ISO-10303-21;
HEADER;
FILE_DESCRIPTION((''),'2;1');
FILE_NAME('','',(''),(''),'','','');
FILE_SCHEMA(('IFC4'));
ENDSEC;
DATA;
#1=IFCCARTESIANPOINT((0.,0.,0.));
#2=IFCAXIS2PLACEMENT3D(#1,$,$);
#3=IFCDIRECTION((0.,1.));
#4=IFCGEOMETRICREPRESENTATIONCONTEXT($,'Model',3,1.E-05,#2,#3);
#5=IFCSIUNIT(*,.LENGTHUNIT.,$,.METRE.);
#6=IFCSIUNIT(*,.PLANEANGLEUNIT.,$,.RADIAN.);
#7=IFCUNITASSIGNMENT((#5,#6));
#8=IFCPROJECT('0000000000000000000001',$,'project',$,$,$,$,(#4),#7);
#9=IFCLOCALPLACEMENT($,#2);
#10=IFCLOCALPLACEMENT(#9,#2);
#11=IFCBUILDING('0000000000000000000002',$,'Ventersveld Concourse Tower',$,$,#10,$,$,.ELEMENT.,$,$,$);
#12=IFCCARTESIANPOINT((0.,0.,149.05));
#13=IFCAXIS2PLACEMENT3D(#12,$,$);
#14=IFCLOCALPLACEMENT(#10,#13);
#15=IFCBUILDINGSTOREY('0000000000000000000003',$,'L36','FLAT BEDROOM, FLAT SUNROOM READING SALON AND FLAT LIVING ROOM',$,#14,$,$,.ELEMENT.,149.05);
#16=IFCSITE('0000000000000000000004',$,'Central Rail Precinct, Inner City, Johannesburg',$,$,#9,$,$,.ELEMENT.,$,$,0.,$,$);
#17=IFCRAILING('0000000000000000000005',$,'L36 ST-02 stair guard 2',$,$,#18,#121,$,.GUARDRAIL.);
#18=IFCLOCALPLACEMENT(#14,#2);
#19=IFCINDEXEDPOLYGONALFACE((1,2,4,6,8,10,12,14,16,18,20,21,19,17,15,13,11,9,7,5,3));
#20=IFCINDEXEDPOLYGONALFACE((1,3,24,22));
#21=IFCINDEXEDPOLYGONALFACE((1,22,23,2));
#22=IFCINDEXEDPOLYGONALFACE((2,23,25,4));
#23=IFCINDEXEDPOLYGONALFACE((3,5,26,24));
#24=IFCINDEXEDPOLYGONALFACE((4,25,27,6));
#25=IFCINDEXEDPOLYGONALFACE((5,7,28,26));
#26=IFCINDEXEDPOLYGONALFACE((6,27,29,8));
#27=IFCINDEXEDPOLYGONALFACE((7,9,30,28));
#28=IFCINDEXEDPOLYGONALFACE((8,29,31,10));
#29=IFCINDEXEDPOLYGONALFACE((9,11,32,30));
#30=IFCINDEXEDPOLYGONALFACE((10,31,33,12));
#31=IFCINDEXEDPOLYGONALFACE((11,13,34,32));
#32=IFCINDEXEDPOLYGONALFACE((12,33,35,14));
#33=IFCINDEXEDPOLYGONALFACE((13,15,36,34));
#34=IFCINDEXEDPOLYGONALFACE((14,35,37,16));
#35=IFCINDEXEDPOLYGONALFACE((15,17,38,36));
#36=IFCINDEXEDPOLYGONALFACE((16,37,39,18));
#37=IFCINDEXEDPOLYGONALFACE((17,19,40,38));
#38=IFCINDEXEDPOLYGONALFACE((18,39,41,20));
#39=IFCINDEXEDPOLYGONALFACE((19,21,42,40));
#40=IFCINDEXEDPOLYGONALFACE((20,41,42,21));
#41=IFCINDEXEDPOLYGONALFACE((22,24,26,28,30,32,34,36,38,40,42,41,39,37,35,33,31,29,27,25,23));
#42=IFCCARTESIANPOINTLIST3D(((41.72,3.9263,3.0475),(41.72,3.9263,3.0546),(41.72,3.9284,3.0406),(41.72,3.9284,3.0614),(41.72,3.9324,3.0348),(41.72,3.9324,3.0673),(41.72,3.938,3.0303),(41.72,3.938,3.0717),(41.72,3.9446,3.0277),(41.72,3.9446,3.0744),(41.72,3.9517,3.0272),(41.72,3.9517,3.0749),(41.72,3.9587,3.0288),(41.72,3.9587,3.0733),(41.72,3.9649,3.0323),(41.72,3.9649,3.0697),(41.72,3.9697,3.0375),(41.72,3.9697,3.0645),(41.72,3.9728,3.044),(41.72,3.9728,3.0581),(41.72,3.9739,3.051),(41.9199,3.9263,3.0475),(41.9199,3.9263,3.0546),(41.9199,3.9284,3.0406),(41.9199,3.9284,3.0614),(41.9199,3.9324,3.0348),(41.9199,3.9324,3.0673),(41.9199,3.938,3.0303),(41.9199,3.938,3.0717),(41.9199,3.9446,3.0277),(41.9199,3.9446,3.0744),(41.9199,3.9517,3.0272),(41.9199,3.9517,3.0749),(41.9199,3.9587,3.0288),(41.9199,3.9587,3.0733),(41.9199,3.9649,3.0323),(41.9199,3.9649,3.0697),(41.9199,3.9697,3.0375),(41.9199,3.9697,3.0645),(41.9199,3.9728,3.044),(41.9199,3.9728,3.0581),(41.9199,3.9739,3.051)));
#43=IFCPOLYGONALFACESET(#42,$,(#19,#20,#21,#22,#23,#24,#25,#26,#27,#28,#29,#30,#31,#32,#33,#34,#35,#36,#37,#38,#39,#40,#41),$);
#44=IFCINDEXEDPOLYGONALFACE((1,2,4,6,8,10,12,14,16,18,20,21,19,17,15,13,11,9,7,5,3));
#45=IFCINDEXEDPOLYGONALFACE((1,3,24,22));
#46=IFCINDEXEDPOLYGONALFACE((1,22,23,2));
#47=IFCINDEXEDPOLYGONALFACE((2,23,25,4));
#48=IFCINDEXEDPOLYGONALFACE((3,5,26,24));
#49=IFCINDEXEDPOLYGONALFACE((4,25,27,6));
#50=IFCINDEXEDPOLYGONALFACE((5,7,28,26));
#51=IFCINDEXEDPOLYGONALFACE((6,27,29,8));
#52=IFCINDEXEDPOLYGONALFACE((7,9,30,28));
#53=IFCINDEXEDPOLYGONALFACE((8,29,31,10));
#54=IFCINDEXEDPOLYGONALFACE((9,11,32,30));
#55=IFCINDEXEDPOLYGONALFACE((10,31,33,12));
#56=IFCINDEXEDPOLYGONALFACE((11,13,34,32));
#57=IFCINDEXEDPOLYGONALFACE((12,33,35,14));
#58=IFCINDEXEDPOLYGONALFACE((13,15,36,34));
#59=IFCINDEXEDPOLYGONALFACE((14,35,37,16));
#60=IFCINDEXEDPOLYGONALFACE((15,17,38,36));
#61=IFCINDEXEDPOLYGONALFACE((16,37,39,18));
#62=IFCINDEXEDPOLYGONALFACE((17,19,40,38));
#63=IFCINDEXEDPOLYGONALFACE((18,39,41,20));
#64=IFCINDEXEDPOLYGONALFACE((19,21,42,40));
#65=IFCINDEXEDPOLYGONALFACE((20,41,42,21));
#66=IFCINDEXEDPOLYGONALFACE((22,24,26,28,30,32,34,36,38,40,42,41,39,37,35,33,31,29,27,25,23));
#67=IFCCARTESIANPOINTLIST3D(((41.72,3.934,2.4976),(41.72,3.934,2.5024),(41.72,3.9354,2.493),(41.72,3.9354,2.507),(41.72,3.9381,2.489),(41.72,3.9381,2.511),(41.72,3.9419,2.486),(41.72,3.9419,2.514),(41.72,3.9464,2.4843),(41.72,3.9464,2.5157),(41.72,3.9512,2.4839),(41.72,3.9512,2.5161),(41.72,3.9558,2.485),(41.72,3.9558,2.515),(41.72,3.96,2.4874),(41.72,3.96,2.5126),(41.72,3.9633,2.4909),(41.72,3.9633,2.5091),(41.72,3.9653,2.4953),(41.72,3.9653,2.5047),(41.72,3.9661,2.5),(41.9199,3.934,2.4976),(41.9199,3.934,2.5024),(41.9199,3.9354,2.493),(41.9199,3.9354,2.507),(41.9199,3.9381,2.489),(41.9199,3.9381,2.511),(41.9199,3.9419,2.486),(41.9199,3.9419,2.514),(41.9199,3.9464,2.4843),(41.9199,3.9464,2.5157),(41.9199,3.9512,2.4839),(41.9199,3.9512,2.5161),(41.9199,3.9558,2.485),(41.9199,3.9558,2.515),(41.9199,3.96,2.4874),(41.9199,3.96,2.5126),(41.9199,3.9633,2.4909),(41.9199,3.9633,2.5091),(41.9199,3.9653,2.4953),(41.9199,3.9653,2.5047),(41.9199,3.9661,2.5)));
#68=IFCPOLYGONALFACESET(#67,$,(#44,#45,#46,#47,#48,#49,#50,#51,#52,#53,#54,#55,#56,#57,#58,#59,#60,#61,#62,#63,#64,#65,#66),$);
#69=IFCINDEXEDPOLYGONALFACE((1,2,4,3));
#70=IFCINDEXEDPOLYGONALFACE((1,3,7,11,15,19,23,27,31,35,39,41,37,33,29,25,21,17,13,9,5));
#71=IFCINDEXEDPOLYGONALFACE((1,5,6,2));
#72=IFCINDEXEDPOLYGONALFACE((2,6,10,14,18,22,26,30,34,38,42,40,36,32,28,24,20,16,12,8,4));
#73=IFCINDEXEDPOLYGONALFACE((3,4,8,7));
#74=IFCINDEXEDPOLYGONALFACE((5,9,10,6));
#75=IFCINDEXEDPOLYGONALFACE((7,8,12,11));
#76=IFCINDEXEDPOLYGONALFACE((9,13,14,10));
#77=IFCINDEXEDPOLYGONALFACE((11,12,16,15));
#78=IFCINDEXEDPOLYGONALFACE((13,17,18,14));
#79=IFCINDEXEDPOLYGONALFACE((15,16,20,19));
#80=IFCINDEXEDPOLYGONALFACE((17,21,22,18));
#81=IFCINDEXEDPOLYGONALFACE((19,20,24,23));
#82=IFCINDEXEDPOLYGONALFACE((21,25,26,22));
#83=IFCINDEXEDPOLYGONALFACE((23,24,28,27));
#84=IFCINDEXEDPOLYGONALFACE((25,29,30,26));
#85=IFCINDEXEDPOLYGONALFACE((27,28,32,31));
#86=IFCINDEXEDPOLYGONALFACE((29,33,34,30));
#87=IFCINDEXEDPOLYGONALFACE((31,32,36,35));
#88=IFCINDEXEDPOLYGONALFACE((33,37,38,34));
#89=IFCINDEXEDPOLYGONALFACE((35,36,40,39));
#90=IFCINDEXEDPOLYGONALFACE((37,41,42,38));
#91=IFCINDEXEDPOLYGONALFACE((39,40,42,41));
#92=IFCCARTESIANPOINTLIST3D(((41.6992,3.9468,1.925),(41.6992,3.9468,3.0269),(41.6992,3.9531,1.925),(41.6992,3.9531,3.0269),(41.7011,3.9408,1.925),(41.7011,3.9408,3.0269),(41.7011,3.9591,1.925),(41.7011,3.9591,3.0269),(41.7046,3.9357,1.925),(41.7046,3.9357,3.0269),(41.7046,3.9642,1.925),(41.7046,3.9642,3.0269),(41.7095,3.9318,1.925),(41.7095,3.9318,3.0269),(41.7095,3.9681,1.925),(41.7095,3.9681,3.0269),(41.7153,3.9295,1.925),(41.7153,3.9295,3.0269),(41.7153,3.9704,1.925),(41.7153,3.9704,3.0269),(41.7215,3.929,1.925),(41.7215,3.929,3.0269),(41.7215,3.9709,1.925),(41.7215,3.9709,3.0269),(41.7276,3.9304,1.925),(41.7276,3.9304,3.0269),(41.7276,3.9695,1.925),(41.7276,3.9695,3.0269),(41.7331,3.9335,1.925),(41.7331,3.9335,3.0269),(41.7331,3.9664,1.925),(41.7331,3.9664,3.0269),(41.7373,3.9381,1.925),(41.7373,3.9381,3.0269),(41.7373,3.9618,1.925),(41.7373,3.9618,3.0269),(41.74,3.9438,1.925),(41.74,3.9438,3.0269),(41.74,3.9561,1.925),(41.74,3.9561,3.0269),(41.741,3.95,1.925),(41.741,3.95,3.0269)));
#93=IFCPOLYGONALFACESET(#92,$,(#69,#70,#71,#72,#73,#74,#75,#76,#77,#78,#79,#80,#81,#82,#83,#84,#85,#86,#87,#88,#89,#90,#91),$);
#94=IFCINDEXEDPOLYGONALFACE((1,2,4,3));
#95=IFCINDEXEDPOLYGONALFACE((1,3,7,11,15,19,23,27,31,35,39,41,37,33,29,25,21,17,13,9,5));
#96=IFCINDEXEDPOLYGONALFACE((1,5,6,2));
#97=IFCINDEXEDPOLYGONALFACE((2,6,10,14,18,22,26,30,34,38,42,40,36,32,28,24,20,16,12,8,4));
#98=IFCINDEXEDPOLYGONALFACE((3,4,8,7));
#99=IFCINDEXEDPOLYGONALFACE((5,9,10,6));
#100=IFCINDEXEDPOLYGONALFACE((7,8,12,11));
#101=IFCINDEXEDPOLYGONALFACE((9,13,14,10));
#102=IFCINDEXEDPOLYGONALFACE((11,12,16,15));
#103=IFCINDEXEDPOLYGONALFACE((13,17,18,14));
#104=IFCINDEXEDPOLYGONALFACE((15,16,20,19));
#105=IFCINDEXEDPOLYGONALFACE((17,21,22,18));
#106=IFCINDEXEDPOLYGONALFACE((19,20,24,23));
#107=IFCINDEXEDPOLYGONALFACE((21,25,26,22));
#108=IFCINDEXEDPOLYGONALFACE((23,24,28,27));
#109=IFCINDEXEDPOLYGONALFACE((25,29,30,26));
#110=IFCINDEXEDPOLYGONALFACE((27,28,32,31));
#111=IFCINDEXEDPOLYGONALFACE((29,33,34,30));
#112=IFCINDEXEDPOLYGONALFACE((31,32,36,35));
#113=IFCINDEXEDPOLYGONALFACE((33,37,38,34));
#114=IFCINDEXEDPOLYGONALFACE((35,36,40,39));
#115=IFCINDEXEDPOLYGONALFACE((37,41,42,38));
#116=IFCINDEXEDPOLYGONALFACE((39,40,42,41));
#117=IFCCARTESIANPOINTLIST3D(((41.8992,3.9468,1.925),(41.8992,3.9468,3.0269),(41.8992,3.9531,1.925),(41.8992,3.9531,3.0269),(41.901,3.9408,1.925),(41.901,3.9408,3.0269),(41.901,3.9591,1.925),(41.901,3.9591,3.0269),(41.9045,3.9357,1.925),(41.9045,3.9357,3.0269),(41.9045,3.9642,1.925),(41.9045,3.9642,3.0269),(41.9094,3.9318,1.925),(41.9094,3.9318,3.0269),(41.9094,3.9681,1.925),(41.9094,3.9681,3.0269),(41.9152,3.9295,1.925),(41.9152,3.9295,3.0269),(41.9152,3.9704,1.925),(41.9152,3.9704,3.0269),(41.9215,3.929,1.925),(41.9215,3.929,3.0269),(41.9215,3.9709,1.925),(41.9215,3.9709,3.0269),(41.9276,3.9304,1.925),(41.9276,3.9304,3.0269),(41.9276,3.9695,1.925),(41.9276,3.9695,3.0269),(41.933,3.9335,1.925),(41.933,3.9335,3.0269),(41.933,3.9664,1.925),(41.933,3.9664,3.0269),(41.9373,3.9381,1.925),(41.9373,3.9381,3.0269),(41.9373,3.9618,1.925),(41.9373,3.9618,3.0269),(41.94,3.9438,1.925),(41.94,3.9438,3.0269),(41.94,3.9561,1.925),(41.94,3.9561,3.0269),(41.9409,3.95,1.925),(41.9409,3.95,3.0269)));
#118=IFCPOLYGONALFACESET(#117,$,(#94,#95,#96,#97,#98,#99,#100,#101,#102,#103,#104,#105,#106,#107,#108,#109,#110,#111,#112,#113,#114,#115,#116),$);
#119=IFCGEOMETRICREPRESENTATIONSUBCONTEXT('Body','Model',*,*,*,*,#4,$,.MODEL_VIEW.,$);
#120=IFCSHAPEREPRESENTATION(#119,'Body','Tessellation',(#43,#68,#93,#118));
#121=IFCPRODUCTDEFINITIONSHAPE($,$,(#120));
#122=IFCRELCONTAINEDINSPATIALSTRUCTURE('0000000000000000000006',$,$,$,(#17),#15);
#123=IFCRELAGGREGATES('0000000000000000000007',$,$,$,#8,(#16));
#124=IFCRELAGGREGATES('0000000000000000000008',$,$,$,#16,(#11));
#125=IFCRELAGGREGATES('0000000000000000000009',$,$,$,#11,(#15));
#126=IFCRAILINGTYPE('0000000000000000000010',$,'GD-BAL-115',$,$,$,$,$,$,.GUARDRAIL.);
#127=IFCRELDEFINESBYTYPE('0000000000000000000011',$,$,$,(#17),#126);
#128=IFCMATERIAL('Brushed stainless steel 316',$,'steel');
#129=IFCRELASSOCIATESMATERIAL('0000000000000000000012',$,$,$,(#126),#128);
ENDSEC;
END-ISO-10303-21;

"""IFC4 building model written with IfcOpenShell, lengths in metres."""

from ifc_helpers import new_model, si_unit, direction, frame, origin, origin_2d, place, context, subcontext, project, spatial, circle, extrude, material, type_object, element, save


model = new_model("IFC4")

# Units and contexts
model_context = context("Model", 3, precision=1e-05, world=origin(), true_north=direction((0.0, 1.0)))
body_context = subcontext(model_context, "Body", "Model", "MODEL_VIEW")
ifc_project = project(units=[si_unit("LENGTHUNIT", "METRE"), si_unit("PLANEANGLEUNIT", "RADIAN")], contexts=[model_context])

# Site, building, storey
site_placement = place(None, origin())
site = spatial("IfcSite", under=ifc_project, at=site_placement, Name="Central Rail Precinct, Inner City, Johannesburg", CompositionType="ELEMENT", RefElevation=0.0)
building_placement = place(site_placement, origin())
building = spatial("IfcBuilding", under=site, at=building_placement, Name="Ventersveld Concourse Tower", CompositionType="ELEMENT")
storey_placement = place(building_placement, frame((0.0, 0.0, 149.05)))
storey = spatial("IfcBuildingStorey", under=building, at=storey_placement, Name="L36", Description="FLAT BEDROOM, FLAT SUNROOM READING SALON AND FLAT LIVING ROOM", CompositionType="ELEMENT", Elevation=149.05)

# Shared definitions
ifc_material_1 = material(Name="Brushed stainless steel 316", Category="steel")

# Railing
railing_type_1 = type_object("IfcRailingType", Name="GD-BAL-115", PredefinedType="GUARDRAIL", material=ifc_material_1)
railing_1_placement = place(storey_placement, frame((41.72, 3.95, 1.925)))
element("IfcRailing", 1, at=railing_1_placement, inside=storey, type_object=railing_type_1, Name="L36 ST-02 stair guard 2", PredefinedType="GUARDRAIL", context=body_context, shape_type="SweptSolid", body=[
    extrude(circle(Radius=0.0239, at=origin_2d()), frame((0.0, 0.0, 1.126), z_axis=(1.0, 0.0, 0.0), x_axis=(0.0, 1.0, 0.0)), (0.0, 0.0, 1.0), 0.2),
    extrude(circle(Radius=0.0161, at=origin_2d()), frame((0.0, 0.0, 0.575), z_axis=(1.0, 0.0, 0.0), x_axis=(0.0, 1.0, 0.0)), (0.0, 0.0, 1.0), 0.2),
    extrude(circle(Radius=0.021, at=origin_2d()), origin(), (0.0, 0.0, 1.0), 1.1018),
    extrude(circle(Radius=0.021, at=origin_2d()), frame((0.2, 0.0, 0.0)), (0.0, 0.0, 1.0), 1.1018),
])

save(model, "model.ifc")
